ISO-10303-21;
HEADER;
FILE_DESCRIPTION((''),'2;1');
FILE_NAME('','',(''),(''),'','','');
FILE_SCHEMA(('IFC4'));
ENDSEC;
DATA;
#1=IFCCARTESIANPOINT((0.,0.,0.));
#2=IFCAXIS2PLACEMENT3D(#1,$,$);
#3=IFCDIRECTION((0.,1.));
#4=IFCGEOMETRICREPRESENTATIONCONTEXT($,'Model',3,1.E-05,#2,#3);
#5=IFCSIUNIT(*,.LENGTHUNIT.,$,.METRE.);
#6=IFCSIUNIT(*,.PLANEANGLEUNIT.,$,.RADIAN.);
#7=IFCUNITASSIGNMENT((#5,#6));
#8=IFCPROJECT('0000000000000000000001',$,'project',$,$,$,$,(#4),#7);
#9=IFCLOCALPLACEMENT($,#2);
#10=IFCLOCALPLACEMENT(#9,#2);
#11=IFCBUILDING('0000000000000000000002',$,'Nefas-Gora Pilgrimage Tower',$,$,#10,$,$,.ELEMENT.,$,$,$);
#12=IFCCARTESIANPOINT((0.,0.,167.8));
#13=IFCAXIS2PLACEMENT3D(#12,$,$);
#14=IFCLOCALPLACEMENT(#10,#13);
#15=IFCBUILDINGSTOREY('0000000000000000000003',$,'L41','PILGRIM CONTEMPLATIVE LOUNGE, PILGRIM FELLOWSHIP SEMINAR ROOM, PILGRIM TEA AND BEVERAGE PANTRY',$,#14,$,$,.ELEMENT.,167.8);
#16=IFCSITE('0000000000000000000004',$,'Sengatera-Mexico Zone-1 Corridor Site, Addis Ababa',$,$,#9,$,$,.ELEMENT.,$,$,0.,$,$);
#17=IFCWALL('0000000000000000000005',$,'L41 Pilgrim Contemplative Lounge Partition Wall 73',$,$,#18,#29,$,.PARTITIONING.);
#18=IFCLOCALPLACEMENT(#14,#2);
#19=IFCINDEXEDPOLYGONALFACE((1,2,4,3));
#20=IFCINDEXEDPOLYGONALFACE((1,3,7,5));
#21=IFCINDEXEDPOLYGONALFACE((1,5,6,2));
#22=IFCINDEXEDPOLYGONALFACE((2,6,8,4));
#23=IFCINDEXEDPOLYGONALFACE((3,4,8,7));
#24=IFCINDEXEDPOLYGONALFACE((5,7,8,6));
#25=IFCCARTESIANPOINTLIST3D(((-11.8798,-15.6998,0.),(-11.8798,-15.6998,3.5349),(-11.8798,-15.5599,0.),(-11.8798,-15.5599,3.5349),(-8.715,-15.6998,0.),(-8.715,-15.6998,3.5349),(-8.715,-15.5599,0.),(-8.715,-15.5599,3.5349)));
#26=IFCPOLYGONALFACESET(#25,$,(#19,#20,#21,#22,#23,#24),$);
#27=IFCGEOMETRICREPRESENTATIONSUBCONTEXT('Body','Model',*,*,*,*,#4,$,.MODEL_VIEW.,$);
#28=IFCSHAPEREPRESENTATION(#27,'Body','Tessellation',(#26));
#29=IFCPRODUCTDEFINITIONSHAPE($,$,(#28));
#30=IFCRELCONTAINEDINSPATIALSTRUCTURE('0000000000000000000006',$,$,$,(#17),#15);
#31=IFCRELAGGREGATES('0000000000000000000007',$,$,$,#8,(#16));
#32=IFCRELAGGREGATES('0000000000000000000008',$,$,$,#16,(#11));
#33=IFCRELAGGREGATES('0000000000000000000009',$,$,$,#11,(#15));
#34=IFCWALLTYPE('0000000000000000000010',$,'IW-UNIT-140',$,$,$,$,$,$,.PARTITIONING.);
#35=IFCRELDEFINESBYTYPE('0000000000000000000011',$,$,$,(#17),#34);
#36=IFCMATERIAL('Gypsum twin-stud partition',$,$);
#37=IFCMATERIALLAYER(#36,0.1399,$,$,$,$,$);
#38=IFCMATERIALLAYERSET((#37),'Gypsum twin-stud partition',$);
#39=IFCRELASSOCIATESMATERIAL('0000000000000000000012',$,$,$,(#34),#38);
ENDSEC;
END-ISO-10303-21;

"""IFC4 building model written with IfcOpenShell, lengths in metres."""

from ifc_helpers import new_model, si_unit, direction, frame, frame_2d, origin, place, context, subcontext, project, spatial, rectangle, extrude, source, transform, mapped, material, layer, layer_set, type_object, element, save


model = new_model("IFC4")

# Units and contexts
model_context = context("Model", 3, precision=1e-05, world=origin(), true_north=direction((0.0, 1.0)))
body_context = subcontext(model_context, "Body", "Model", "MODEL_VIEW")
ifc_project = project(units=[si_unit("LENGTHUNIT", "METRE"), si_unit("PLANEANGLEUNIT", "RADIAN")], contexts=[model_context])

# Site, building, storey
site_placement = place(None, origin())
site = spatial("IfcSite", under=ifc_project, at=site_placement, Name="Sengatera-Mexico Zone-1 Corridor Site, Addis Ababa", CompositionType="ELEMENT", RefElevation=0.0)
building_placement = place(site_placement, origin())
building = spatial("IfcBuilding", under=site, at=building_placement, Name="Nefas-Gora Pilgrimage Tower", CompositionType="ELEMENT")
storey_placement = place(building_placement, frame((0.0, 0.0, 167.8)))
storey = spatial("IfcBuildingStorey", under=building, at=storey_placement, Name="L41", Description="PILGRIM CONTEMPLATIVE LOUNGE, PILGRIM FELLOWSHIP SEMINAR ROOM, PILGRIM TEA AND BEVERAGE PANTRY", CompositionType="ELEMENT", Elevation=167.8)

# Wall
ifc_material_1 = material(Name="Gypsum twin-stud partition")
ifc_layer_1 = layer(ifc_material_1, 0.1399)
ifc_layer_set_1 = layer_set([ifc_layer_1], Name="Gypsum twin-stud partition")
wall_type_1 = type_object("IfcWallType", Name="IW-UNIT-140", PredefinedType="PARTITIONING", material=ifc_layer_set_1)
shared_shape_1 = source(origin(), body_context, "Body", "SweptSolid", [
    extrude(rectangle(XDim=3.1648, YDim=0.1399, at=frame_2d((1.5825, 0.0))), origin(), (0.0, 0.0, 1.0), 3.5349),
])
wall_1_placement = place(storey_placement, frame((-11.8799, -15.6299, 0.0), z_axis=(0.0, 0.0, 1.0), x_axis=(1.0, 0.0, 0.0)))
element("IfcWall", 1, at=wall_1_placement, inside=storey, type_object=wall_type_1, Name="L41 Pilgrim Contemplative Lounge Partition Wall 73", PredefinedType="PARTITIONING", context=body_context, shape_type="MappedRepresentation", body=[
    mapped(shared_shape_1, transform((0.0, 0.0, 0.0), x_axis=(1.0, 0.0, 0.0), y_axis=(0.0, 1.0, 0.0), z_axis=(0.0, 0.0, 1.0), scale=1.0)),
])

save(model, "model.ifc")
